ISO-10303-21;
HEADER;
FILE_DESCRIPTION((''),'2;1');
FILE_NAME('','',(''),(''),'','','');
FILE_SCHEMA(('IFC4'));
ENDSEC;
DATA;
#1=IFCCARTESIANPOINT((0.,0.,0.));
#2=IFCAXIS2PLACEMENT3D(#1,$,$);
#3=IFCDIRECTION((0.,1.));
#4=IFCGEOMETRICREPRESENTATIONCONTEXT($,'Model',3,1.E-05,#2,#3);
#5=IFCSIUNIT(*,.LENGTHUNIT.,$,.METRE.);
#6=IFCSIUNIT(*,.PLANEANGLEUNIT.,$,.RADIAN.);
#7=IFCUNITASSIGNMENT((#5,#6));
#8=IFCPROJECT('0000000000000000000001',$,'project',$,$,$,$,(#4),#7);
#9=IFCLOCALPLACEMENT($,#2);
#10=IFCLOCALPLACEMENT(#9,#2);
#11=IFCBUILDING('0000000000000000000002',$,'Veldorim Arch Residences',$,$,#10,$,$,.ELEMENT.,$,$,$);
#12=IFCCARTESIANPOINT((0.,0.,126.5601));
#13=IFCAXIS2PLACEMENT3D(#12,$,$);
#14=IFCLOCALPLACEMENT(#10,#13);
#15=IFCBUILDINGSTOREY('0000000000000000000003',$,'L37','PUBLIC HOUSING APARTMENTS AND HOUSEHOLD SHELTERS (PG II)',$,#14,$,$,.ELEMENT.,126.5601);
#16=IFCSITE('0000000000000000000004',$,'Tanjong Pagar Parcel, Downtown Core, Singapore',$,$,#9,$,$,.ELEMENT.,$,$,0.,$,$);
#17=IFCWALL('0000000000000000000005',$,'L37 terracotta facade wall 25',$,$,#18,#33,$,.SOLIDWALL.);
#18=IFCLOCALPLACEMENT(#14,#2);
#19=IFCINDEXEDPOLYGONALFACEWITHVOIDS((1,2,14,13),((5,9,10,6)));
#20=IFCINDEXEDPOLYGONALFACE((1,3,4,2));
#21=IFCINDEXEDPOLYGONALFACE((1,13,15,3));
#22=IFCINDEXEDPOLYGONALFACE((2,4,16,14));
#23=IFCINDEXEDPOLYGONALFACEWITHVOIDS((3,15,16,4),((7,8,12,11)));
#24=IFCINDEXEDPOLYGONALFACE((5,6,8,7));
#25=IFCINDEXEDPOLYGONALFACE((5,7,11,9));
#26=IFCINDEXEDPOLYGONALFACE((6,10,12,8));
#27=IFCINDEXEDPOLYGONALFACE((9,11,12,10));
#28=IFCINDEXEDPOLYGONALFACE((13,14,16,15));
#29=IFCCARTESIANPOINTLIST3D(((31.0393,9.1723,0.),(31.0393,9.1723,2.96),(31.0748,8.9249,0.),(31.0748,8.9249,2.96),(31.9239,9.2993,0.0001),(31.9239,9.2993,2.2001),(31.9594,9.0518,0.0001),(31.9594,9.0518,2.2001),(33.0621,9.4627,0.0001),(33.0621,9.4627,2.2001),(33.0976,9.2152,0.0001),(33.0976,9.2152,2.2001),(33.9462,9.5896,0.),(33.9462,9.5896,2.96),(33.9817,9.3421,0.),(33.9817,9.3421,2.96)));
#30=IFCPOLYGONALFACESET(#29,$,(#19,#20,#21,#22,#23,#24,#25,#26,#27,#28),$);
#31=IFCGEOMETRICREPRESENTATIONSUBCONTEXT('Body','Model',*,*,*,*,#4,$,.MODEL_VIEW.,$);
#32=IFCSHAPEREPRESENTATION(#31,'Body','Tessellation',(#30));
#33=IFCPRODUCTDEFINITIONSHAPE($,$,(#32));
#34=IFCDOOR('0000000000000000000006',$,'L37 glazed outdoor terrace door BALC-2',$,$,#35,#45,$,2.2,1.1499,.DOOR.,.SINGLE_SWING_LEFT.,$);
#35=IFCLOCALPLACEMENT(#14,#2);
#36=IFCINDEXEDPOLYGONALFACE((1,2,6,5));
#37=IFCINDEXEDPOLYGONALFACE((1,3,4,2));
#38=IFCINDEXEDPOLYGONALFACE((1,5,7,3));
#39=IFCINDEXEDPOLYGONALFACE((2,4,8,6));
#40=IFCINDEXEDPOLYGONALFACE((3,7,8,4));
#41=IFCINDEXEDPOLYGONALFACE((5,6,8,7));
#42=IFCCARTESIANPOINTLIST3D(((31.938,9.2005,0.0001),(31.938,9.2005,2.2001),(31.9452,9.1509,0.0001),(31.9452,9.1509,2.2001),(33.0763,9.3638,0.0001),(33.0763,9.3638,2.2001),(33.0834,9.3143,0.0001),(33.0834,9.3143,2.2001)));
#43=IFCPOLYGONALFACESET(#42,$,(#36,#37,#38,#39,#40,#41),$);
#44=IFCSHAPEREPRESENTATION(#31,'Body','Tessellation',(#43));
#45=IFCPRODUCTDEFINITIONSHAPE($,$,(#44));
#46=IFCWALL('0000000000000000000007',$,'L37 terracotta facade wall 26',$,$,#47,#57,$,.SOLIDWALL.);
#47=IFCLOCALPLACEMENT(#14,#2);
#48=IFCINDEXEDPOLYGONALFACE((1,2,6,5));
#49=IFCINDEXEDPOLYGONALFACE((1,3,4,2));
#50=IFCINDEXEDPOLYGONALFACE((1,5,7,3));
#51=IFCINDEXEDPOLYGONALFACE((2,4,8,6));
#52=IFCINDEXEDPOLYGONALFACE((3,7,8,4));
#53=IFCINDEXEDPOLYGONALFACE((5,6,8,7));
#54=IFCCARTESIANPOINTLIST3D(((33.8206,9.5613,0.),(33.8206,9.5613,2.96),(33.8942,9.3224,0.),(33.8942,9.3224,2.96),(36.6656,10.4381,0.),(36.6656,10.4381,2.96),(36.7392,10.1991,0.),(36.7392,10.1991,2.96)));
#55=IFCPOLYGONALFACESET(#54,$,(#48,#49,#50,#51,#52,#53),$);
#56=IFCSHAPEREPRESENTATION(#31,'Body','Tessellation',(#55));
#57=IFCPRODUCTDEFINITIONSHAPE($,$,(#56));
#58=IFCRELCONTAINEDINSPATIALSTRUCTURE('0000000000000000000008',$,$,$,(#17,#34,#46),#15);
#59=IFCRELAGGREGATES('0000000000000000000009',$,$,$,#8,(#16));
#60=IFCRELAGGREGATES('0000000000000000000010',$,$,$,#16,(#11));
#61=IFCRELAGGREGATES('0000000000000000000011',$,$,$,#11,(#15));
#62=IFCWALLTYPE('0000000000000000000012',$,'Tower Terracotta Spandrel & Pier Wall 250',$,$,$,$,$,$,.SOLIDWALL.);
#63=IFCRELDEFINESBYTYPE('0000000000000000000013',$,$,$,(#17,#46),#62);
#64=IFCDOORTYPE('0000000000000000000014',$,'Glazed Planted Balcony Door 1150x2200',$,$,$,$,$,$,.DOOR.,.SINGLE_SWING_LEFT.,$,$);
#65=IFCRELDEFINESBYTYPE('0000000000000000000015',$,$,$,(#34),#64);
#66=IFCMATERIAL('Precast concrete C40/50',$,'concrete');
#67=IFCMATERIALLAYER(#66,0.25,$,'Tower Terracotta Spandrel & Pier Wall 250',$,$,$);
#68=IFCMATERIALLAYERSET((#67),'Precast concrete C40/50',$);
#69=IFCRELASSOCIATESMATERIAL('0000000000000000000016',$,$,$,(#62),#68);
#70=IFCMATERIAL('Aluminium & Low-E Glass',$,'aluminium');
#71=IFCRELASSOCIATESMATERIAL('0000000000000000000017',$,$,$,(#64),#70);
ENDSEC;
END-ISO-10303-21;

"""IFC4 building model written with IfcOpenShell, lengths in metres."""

from ifc_helpers import new_model, si_unit, direction, frame, frame_2d, origin, place, context, subcontext, project, spatial, rectangle, extrude, material, layer, layer_set, type_object, element, fill, save


model = new_model("IFC4")

# Units and contexts
model_context = context("Model", 3, precision=1e-05, world=origin(), true_north=direction((0.0, 1.0)))
body_context = subcontext(model_context, "Body", "Model", "MODEL_VIEW")
ifc_project = project(units=[si_unit("LENGTHUNIT", "METRE"), si_unit("PLANEANGLEUNIT", "RADIAN")], contexts=[model_context])

# Site, building, storey
site_placement = place(None, origin())
site = spatial("IfcSite", under=ifc_project, at=site_placement, Name="Tanjong Pagar Parcel, Downtown Core, Singapore", CompositionType="ELEMENT", RefElevation=0.0)
building_placement = place(site_placement, origin())
building = spatial("IfcBuilding", under=site, at=building_placement, Name="Veldorim Arch Residences", CompositionType="ELEMENT")
storey_placement = place(building_placement, frame((0.0, 0.0, 126.5601)))
storey = spatial("IfcBuildingStorey", under=building, at=storey_placement, Name="L37", Description="PUBLIC HOUSING APARTMENTS AND HOUSEHOLD SHELTERS (PG II)", CompositionType="ELEMENT", Elevation=126.5601)

# Wall, opening, door
ifc_material_1 = material(Name="Precast concrete C40/50", Category="concrete")
ifc_layer_1 = layer(ifc_material_1, 0.25, Name="Tower Terracotta Spandrel & Pier Wall 250")
ifc_layer_set_1 = layer_set([ifc_layer_1], Name="Precast concrete C40/50")
wall_type_1 = type_object("IfcWallType", Name="Tower Terracotta Spandrel & Pier Wall 250", PredefinedType="SOLIDWALL", material=ifc_layer_set_1)
wall_1_placement = place(storey_placement, frame((33.9639, 9.4658, 0.0), z_axis=(0.0, 0.0, 1.0), x_axis=(-0.989856, -0.142073, 0.0)))
wall_1 = element("IfcWall", 1, at=wall_1_placement, inside=storey, type_object=wall_type_1, Name="L37 terracotta facade wall 25", PredefinedType="SOLIDWALL", context=body_context, shape_type="SweptSolid", body=[
    extrude(rectangle(XDim=2.9368, YDim=0.25, at=frame_2d((1.4683, 0.0))), origin(), (0.0, 0.0, 1.0), 2.96),
])
opening_placement = place(wall_1_placement, frame((0.8931, 0.0, 0.0)))
opening = element("IfcOpeningElement", 2, at=opening_placement, cuts=wall_1, PredefinedType="OPENING", context=body_context, shape_type="SweptSolid", body=[
    extrude(rectangle(XDim=1.1499, YDim=2.2, at=frame_2d((0.575, 1.1001))), frame((0.0, 0.135, 0.0), z_axis=(0.0, -1.0, 0.0), x_axis=(1.0, 0.0, 0.0)), (0.0, 0.0, 1.0), 0.27),
])
ifc_material_2 = material(Name="Aluminium & Low-E Glass", Category="aluminium")
door_type = type_object("IfcDoorType", Name="Glazed Planted Balcony Door 1150x2200", OperationType="SINGLE_SWING_LEFT", PredefinedType="DOOR", material=ifc_material_2)
door_placement = place(opening_placement, origin())
door = element("IfcDoor", 3, at=door_placement, inside=storey, type_object=door_type, Name="L37 glazed outdoor terrace door BALC-2", OperationType="SINGLE_SWING_LEFT", OverallHeight=2.2, OverallWidth=1.1499, PredefinedType="DOOR", context=body_context, shape_type="SweptSolid", body=[
    extrude(rectangle(XDim=1.1499, YDim=2.2, at=frame_2d((0.575, 1.1001))), frame((0.0, 0.0249, 0.0), z_axis=(0.0, -1.0, 0.0), x_axis=(1.0, 0.0, 0.0)), (0.0, 0.0, 1.0), 0.05),
])
fill(opening, door)

# Wall
wall_2_placement = place(storey_placement, frame((36.7024, 10.3186, 0.0), z_axis=(0.0, 0.0, 1.0), x_axis=(-0.955653, -0.294495, 0.0)))
element("IfcWall", 4, at=wall_2_placement, inside=storey, type_object=wall_type_1, Name="L37 terracotta facade wall 26", PredefinedType="SOLIDWALL", context=body_context, shape_type="SweptSolid", body=[
    extrude(rectangle(XDim=2.9771, YDim=0.25, at=frame_2d((1.4885, 0.0))), origin(), (0.0, 0.0, 1.0), 2.96),
])

save(model, "model.ifc")
